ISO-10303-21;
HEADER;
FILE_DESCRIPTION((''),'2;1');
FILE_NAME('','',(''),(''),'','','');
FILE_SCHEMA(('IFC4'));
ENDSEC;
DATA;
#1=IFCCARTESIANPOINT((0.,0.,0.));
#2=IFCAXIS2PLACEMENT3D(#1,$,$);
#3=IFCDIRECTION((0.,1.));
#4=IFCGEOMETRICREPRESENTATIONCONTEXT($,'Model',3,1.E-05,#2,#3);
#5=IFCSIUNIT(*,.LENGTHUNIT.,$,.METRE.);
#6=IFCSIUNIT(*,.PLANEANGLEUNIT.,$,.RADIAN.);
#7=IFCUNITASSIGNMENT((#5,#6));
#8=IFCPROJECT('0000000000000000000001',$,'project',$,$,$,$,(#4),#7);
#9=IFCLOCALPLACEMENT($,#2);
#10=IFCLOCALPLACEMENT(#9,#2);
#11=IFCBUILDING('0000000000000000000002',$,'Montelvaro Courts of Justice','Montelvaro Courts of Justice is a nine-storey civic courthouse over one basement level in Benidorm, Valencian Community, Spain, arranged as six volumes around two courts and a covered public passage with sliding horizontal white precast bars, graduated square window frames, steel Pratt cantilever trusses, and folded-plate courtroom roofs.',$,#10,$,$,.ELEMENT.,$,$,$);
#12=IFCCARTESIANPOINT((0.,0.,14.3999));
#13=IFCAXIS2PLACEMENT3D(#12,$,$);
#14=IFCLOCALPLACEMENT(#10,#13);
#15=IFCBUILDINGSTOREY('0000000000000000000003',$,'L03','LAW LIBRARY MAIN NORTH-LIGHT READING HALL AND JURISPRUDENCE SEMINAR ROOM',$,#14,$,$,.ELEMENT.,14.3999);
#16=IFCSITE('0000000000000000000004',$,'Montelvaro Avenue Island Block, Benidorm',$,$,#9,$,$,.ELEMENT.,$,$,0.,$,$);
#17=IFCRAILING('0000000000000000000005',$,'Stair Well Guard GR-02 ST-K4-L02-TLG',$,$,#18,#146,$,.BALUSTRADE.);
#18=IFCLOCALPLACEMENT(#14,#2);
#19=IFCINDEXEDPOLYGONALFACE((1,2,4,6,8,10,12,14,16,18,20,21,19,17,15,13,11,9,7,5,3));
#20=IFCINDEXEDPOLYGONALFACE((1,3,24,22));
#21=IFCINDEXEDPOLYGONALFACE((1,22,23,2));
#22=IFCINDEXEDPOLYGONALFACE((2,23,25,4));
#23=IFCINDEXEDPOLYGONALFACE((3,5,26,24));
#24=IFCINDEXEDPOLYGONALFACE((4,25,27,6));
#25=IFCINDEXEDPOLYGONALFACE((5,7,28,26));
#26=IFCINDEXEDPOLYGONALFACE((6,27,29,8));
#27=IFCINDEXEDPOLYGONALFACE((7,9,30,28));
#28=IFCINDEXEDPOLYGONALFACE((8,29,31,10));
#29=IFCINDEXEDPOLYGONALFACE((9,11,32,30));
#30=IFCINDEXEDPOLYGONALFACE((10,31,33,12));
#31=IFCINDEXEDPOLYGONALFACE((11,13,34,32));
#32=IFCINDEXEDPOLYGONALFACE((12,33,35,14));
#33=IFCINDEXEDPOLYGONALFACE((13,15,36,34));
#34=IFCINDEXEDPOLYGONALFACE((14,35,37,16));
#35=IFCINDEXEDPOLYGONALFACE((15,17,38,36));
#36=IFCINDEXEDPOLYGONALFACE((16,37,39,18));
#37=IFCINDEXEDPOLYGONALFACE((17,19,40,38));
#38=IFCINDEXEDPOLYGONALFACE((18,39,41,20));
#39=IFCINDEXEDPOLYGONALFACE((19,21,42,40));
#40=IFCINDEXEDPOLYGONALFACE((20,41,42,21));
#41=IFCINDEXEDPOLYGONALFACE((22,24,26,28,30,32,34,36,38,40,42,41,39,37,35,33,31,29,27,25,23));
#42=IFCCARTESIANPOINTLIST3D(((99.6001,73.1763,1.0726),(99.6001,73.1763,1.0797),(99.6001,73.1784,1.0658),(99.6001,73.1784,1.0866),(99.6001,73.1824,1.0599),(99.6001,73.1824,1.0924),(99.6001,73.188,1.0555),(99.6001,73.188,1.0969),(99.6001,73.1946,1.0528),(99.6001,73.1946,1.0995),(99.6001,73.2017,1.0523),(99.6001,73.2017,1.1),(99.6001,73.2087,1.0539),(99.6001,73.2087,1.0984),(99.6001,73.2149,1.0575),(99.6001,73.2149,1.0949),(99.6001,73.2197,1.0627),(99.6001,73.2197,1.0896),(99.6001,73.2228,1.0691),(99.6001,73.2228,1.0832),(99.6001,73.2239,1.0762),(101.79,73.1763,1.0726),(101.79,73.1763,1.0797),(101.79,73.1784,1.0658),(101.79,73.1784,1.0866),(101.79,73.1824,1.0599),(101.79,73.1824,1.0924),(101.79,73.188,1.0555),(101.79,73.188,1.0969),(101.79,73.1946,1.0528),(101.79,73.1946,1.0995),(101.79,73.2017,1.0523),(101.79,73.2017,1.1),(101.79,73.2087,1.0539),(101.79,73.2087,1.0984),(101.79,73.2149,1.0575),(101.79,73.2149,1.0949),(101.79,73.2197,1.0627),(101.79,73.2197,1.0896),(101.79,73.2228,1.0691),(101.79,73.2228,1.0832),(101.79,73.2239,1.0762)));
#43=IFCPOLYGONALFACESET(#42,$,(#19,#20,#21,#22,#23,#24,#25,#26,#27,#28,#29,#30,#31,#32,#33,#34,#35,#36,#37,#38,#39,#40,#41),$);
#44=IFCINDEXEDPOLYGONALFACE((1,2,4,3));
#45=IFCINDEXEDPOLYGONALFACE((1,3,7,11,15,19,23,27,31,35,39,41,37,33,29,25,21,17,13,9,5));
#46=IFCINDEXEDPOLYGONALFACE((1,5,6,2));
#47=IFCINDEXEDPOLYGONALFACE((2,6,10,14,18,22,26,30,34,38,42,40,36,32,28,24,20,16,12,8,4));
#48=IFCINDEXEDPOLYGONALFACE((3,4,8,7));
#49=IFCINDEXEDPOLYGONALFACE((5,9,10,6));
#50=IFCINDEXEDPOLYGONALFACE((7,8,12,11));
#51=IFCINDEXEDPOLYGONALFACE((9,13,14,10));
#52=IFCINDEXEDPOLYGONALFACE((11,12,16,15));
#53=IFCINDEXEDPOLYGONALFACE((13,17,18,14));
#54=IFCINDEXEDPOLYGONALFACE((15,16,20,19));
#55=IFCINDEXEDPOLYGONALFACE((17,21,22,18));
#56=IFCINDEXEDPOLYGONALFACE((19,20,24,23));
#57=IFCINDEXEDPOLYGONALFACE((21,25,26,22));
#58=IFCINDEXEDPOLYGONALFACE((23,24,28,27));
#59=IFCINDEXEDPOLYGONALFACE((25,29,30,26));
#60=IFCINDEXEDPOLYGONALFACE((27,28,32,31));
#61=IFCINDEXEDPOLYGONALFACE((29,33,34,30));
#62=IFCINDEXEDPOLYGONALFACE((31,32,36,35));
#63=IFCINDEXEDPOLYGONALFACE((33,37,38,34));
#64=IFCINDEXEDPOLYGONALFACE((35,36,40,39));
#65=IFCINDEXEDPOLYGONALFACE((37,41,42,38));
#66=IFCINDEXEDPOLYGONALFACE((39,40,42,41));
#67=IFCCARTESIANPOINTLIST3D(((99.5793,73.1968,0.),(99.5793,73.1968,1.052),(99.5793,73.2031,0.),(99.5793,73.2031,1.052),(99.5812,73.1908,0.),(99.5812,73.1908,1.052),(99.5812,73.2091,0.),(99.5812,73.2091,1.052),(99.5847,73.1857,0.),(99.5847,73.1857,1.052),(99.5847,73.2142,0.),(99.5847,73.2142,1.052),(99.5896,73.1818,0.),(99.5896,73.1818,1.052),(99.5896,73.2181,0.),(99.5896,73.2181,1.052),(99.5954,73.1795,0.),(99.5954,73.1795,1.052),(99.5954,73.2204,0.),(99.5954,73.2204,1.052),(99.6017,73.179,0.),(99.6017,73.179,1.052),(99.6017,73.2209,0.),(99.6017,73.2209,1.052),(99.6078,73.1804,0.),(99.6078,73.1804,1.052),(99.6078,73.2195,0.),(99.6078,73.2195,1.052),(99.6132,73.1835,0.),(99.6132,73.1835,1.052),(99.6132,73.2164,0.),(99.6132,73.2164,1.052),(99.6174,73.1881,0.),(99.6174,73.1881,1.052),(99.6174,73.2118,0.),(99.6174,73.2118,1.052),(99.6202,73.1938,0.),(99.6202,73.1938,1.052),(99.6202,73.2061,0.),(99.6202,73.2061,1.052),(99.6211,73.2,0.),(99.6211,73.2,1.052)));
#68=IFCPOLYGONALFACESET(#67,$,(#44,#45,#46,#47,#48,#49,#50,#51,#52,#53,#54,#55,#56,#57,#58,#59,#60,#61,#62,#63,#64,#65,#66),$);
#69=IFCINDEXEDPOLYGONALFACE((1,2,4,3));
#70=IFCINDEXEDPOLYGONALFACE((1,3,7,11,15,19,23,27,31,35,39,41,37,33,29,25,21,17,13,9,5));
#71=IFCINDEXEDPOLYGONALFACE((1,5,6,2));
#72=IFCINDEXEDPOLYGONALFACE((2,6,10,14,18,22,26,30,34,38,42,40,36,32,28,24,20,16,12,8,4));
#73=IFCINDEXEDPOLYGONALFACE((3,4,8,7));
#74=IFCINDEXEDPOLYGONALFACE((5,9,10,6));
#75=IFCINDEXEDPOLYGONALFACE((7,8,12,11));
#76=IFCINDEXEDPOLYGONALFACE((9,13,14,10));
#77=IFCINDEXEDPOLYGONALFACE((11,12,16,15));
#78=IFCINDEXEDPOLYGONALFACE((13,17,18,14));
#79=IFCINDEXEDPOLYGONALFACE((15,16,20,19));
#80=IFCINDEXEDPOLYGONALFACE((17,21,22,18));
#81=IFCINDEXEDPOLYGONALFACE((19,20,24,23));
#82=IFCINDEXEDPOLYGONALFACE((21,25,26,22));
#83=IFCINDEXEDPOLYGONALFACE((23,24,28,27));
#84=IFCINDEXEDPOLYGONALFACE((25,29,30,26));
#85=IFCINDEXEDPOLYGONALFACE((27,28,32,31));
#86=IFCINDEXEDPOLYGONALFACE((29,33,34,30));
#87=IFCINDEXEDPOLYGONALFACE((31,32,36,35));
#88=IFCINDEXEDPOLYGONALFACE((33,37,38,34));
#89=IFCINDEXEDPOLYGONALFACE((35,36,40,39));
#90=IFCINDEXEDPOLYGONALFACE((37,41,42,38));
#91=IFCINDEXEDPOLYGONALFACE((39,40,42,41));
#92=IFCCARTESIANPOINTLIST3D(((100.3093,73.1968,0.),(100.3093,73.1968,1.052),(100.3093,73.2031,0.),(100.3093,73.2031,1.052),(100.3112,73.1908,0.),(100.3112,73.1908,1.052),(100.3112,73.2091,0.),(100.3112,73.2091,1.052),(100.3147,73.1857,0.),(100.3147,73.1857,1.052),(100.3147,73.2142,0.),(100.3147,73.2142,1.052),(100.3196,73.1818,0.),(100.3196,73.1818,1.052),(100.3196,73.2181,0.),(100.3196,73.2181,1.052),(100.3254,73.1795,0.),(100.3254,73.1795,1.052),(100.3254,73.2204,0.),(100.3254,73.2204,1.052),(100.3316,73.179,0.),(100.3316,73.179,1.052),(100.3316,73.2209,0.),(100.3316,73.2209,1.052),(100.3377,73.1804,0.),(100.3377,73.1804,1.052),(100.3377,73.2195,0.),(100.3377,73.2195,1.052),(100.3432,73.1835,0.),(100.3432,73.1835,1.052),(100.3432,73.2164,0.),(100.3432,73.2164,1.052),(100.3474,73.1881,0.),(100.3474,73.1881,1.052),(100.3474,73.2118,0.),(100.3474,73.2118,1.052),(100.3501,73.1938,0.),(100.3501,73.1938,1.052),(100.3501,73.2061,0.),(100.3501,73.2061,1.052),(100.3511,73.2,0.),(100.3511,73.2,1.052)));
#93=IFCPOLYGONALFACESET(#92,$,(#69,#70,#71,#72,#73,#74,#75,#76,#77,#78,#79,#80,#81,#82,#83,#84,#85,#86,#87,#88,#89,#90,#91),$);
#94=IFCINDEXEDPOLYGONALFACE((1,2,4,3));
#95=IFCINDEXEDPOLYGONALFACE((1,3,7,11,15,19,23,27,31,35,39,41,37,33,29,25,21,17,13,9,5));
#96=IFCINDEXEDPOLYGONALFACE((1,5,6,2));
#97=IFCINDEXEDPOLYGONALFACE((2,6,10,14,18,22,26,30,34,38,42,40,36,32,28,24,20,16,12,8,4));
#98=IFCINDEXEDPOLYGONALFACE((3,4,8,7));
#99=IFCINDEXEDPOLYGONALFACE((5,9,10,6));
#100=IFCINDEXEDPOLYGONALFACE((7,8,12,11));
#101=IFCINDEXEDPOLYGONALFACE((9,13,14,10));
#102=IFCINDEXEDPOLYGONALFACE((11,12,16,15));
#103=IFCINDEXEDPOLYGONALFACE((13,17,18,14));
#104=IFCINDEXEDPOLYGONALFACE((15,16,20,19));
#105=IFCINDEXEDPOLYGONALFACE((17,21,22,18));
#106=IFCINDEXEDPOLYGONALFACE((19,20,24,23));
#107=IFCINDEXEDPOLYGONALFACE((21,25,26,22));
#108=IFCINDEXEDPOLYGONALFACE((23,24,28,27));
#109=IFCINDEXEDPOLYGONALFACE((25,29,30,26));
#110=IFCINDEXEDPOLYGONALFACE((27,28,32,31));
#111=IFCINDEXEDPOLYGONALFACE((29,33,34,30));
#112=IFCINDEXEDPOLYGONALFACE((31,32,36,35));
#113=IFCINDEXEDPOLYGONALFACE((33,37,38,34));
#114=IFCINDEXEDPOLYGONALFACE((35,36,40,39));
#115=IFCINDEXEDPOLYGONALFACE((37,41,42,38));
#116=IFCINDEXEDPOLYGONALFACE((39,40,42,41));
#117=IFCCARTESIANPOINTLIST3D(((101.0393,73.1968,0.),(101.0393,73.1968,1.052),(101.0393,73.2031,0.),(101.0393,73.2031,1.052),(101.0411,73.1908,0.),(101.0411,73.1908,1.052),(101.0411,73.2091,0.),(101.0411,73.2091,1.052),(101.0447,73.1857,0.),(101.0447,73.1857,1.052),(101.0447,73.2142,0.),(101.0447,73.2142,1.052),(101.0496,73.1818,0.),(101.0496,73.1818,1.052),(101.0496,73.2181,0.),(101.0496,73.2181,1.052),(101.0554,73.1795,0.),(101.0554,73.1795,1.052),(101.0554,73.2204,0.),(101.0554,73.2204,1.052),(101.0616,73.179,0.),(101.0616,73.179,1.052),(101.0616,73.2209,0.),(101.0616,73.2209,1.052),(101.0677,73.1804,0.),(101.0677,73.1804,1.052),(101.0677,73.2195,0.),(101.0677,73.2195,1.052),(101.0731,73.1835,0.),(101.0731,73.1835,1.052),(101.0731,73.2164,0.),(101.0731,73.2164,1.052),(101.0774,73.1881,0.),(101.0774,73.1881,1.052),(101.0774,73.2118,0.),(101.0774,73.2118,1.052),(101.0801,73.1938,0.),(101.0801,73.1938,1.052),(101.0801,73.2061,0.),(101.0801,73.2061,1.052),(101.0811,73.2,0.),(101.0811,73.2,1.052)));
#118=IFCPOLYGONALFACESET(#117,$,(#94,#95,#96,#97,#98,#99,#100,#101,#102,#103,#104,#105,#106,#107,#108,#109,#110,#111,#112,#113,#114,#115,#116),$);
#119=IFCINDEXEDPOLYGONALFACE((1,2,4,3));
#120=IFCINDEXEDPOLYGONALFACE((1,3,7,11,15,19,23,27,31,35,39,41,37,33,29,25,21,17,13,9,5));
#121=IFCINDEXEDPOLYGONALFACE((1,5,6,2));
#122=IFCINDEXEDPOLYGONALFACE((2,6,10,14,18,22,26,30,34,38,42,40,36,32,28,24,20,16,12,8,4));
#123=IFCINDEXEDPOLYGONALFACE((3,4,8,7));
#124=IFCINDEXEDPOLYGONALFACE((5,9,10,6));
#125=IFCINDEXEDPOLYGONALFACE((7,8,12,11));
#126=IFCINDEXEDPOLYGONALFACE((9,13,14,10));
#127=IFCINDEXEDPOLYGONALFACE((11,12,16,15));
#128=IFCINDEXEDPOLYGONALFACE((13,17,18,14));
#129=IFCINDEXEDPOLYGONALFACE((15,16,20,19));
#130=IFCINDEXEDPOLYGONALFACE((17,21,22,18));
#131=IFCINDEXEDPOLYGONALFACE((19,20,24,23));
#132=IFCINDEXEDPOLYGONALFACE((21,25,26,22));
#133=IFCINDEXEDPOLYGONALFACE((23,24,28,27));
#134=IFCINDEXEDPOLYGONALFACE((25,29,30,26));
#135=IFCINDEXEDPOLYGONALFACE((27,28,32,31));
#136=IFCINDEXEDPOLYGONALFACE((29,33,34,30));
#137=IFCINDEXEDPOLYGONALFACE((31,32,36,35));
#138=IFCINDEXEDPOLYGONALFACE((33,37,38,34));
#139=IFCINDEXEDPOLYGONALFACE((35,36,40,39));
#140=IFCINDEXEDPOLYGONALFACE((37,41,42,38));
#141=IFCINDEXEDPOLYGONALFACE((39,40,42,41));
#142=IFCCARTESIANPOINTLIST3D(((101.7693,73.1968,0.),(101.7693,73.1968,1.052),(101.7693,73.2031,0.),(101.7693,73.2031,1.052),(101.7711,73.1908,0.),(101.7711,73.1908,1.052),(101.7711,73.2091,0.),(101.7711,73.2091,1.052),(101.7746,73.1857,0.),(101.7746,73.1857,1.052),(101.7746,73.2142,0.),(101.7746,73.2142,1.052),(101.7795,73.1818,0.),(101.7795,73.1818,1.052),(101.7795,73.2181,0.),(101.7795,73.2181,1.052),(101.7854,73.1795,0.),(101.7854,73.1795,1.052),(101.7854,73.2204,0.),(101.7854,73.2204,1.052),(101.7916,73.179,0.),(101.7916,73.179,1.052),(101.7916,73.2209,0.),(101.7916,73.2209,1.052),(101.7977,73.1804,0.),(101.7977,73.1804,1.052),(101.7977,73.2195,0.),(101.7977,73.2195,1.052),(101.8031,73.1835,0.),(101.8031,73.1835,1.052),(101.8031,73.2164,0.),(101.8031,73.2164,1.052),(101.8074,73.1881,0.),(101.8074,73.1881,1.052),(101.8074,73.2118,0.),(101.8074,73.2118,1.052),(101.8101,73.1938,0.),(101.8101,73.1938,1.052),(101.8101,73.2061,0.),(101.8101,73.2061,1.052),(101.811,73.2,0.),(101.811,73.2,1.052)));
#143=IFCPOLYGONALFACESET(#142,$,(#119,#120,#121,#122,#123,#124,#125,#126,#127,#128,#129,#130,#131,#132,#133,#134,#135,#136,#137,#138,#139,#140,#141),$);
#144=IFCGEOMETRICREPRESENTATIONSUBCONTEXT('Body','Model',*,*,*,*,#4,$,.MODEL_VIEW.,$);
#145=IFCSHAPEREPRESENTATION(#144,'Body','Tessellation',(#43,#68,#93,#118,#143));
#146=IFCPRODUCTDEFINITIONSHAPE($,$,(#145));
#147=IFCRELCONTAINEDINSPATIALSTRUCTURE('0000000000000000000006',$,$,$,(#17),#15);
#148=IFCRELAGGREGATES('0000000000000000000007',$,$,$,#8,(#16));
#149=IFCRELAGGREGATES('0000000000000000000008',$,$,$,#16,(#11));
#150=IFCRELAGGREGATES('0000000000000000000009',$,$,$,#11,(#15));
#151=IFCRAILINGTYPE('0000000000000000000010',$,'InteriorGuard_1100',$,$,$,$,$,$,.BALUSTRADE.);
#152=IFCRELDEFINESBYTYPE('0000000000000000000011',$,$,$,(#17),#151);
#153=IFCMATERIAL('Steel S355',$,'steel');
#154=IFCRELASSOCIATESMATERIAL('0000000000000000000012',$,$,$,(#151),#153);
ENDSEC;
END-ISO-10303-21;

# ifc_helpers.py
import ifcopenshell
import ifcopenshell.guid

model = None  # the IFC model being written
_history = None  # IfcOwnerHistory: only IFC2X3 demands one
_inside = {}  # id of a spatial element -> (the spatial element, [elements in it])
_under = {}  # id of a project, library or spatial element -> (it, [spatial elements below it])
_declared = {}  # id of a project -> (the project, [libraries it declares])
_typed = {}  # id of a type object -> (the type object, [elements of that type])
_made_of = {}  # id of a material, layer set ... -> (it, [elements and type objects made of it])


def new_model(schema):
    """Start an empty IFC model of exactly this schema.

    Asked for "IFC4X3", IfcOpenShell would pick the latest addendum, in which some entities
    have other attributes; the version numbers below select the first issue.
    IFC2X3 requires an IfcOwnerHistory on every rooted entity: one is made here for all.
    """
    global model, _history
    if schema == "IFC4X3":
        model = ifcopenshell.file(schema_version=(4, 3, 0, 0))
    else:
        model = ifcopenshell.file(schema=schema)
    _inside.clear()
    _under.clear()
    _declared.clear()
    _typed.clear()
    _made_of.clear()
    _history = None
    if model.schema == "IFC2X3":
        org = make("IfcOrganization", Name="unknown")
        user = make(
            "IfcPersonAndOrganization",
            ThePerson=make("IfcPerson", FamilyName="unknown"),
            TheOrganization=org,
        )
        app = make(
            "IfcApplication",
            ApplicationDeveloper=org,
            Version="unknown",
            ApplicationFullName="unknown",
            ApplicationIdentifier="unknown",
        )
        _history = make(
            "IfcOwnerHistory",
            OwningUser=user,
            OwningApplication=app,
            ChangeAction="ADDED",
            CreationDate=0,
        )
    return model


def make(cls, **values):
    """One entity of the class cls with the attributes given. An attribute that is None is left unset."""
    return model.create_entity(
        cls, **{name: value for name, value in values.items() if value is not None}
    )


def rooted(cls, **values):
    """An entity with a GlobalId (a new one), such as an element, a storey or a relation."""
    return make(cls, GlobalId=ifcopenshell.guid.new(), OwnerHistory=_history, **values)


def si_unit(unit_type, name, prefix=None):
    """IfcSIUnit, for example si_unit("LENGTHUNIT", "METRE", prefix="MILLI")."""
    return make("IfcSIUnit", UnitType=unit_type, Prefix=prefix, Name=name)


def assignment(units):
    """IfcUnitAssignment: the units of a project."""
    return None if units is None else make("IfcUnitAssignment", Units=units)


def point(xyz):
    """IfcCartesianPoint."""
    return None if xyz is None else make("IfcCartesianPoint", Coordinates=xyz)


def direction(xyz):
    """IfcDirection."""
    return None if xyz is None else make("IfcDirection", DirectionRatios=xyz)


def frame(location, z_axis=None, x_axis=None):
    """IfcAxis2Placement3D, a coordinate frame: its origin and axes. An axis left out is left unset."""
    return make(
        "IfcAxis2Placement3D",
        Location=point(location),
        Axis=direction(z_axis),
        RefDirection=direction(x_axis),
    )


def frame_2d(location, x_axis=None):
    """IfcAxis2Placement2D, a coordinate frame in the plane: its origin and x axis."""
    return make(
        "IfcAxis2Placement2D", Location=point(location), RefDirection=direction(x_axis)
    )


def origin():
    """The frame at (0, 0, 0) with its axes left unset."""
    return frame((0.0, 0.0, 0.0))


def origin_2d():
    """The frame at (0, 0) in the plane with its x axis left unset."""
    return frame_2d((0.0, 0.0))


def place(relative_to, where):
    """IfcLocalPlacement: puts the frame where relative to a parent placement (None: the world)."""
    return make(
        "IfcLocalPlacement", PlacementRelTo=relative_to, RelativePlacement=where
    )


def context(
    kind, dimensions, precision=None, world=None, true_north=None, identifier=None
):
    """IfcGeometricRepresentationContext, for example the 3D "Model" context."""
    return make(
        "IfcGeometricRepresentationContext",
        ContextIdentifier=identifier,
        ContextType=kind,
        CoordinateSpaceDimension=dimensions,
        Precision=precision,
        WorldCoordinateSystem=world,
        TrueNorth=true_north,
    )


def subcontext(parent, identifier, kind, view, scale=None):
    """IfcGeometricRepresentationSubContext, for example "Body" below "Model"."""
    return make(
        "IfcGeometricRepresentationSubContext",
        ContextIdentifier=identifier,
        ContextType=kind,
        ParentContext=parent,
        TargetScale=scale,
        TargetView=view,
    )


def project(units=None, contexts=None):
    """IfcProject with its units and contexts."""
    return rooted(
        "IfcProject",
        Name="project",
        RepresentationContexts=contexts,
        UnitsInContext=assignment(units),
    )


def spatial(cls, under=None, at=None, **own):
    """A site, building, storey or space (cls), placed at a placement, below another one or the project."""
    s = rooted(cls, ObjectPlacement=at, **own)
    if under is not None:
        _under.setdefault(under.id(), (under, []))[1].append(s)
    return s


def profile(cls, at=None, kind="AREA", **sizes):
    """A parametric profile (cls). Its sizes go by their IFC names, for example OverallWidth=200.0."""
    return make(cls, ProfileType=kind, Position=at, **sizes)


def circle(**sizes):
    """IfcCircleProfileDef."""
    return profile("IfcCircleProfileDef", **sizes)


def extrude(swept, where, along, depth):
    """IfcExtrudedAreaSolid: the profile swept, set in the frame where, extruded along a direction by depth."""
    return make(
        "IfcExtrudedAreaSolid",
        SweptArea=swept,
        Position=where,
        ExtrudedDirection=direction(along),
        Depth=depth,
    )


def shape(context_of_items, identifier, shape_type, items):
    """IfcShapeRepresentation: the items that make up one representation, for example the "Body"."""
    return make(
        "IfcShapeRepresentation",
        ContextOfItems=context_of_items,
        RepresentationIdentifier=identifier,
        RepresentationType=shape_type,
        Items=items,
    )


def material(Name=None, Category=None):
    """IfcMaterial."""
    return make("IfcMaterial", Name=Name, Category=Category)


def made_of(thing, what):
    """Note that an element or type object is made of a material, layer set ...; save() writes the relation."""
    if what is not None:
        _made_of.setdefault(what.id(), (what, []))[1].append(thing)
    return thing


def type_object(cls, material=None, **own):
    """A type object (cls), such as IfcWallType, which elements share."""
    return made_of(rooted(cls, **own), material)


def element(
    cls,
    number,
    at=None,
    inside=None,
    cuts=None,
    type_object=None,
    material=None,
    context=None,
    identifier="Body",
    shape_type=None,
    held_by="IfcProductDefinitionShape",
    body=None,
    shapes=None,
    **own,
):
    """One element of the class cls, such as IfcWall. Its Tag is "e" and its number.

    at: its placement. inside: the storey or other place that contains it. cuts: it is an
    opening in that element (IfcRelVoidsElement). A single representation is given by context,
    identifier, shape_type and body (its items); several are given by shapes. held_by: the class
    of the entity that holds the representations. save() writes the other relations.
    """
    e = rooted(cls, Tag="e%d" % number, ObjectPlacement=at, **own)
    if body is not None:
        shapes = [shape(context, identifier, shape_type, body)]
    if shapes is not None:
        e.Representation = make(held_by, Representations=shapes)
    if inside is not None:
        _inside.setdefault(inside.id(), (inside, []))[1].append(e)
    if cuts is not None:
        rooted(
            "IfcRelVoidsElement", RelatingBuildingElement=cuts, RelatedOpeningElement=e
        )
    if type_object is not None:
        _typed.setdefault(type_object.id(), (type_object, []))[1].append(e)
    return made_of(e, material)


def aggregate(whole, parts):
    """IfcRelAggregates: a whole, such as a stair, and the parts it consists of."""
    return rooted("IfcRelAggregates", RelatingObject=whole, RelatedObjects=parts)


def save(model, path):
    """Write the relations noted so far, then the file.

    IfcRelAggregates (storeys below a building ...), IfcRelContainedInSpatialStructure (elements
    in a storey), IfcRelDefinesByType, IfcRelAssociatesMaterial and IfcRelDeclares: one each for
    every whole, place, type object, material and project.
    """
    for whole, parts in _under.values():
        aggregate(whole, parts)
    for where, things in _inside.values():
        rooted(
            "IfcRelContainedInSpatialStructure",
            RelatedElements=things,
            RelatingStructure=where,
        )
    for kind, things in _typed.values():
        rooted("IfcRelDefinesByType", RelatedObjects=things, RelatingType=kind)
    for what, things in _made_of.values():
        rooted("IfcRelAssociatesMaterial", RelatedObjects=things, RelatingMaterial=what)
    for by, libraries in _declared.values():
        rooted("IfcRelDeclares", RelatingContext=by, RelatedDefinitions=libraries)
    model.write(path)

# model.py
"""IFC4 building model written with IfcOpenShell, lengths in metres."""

from ifc_helpers import new_model, si_unit, direction, frame, origin, origin_2d, place, context, subcontext, project, spatial, circle, extrude, material, type_object, element, save


model = new_model("IFC4")

# Units and contexts
model_context = context("Model", 3, precision=1e-05, world=origin(), true_north=direction((0.0, 1.0)))
body_context = subcontext(model_context, "Body", "Model", "MODEL_VIEW")
ifc_project = project(units=[si_unit("LENGTHUNIT", "METRE"), si_unit("PLANEANGLEUNIT", "RADIAN")], contexts=[model_context])

# Site, building, storey
site_placement = place(None, origin())
site = spatial("IfcSite", under=ifc_project, at=site_placement, Name="Montelvaro Avenue Island Block, Benidorm", CompositionType="ELEMENT", RefElevation=0.0)
building_placement = place(site_placement, origin())
building = spatial("IfcBuilding", under=site, at=building_placement, Name="Montelvaro Courts of Justice", Description="Montelvaro Courts of Justice is a nine-storey civic courthouse over one basement level in Benidorm, Valencian Community, Spain, arranged as six volumes around two courts and a covered public passage with sliding horizontal white precast bars, graduated square window frames, steel Pratt cantilever trusses, and folded-plate courtroom roofs.", CompositionType="ELEMENT")
storey_placement = place(building_placement, frame((0.0, 0.0, 14.3999)))
storey = spatial("IfcBuildingStorey", under=building, at=storey_placement, Name="L03", Description="LAW LIBRARY MAIN NORTH-LIGHT READING HALL AND JURISPRUDENCE SEMINAR ROOM", CompositionType="ELEMENT", Elevation=14.3999)

# Shared definitions
ifc_material_1 = material(Name="Steel S355", Category="steel")

# Railing
railing_type = type_object("IfcRailingType", Name="InteriorGuard_1100", PredefinedType="BALUSTRADE", material=ifc_material_1)
railing_placement = place(storey_placement, frame((99.6001, 73.2, 0.0)))
element("IfcRailing", 1, at=railing_placement, inside=storey, type_object=railing_type, Name="Stair Well Guard GR-02 ST-K4-L02-TLG", PredefinedType="BALUSTRADE", context=body_context, shape_type="SweptSolid", body=[
    extrude(circle(Radius=0.0239, at=origin_2d()), frame((0.0, 0.0, 1.0762), z_axis=(1.0, 0.0, 0.0), x_axis=(0.0, 1.0, 0.0)), (0.0, 0.0, 1.0), 2.1899),
    extrude(circle(Radius=0.021, at=origin_2d()), origin(), (0.0, 0.0, 1.0), 1.052),
    extrude(circle(Radius=0.021, at=origin_2d()), frame((0.73, 0.0, 0.0)), (0.0, 0.0, 1.0), 1.052),
    extrude(circle(Radius=0.021, at=origin_2d()), frame((1.46, 0.0, 0.0)), (0.0, 0.0, 1.0), 1.052),
    extrude(circle(Radius=0.021, at=origin_2d()), frame((2.1899, 0.0, 0.0)), (0.0, 0.0, 1.0), 1.052),
])

save(model, "model.ifc")
